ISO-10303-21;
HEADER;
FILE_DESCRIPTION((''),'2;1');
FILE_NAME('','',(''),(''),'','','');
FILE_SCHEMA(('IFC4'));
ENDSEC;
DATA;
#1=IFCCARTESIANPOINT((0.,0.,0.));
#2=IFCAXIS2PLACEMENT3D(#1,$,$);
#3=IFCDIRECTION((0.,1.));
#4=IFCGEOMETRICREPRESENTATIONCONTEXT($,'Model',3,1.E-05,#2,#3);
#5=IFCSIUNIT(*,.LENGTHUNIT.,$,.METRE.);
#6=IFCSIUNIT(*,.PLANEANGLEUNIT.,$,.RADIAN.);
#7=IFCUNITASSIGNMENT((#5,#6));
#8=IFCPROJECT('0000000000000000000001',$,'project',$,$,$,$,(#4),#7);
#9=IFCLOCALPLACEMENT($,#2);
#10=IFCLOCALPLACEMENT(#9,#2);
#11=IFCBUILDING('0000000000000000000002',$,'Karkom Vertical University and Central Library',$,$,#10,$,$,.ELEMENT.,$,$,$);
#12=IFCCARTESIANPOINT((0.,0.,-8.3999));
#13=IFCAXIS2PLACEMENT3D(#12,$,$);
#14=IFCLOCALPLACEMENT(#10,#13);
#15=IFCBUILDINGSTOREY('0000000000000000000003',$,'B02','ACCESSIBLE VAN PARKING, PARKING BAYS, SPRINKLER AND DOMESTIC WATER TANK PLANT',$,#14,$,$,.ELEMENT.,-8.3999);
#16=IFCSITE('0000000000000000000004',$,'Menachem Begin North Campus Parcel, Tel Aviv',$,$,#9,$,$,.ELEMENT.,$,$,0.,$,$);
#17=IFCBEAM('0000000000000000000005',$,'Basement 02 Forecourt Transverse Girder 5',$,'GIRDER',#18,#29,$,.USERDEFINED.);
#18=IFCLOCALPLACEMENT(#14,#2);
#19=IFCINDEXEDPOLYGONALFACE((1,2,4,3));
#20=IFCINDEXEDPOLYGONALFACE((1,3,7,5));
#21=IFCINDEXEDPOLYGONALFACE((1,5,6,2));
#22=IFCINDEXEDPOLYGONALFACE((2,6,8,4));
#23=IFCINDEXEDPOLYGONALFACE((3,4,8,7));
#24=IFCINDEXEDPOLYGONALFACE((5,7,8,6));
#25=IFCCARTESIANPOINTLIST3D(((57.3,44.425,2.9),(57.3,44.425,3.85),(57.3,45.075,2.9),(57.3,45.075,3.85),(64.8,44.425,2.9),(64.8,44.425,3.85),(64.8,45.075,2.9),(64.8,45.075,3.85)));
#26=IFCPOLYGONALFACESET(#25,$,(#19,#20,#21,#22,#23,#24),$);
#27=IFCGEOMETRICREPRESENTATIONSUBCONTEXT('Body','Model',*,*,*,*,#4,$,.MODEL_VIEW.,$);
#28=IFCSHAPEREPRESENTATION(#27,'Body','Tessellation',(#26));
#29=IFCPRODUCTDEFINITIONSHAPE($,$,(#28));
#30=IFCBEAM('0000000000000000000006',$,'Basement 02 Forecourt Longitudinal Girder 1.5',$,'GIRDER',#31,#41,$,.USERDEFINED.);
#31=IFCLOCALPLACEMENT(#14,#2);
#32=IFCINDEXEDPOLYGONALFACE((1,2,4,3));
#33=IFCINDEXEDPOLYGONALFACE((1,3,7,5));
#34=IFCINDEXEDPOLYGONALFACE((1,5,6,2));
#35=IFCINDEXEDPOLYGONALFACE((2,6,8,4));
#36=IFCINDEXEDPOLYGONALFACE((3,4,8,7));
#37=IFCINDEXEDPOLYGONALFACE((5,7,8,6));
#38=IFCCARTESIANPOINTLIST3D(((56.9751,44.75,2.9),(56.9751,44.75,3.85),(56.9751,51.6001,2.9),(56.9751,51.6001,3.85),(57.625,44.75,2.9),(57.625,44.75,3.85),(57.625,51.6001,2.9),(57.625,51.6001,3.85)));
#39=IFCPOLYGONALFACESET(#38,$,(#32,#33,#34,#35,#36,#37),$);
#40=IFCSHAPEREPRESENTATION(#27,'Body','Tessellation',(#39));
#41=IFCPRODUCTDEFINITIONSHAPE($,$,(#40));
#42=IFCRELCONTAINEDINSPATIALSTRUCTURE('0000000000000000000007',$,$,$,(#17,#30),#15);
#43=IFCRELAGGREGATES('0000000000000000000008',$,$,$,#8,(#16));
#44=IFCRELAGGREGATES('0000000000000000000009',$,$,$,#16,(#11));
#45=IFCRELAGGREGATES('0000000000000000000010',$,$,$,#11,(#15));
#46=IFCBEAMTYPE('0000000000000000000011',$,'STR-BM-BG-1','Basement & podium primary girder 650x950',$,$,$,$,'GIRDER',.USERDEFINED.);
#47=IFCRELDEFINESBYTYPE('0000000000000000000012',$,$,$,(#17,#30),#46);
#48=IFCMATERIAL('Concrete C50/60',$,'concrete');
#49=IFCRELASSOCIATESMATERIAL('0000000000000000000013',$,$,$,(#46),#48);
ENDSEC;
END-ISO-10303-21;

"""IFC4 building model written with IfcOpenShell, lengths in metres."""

from ifc_helpers import new_model, si_unit, direction, frame, origin, origin_with_axes, origin_2d, place, context, subcontext, project, spatial, rectangle, extrude, source, transform, mapped, material, material_profile, profile_set, type_object, element, save


model = new_model("IFC4")

# Units and contexts
model_context = context("Model", 3, precision=1e-05, world=origin(), true_north=direction((0.0, 1.0)))
body_context = subcontext(model_context, "Body", "Model", "MODEL_VIEW")
ifc_project = project(units=[si_unit("LENGTHUNIT", "METRE"), si_unit("PLANEANGLEUNIT", "RADIAN")], contexts=[model_context])

# Site, building, storey
site_placement = place(None, origin())
site = spatial("IfcSite", under=ifc_project, at=site_placement, Name="Menachem Begin North Campus Parcel, Tel Aviv", CompositionType="ELEMENT", RefElevation=0.0)
building_placement = place(site_placement, origin())
building = spatial("IfcBuilding", under=site, at=building_placement, Name="Karkom Vertical University and Central Library", CompositionType="ELEMENT")
storey_placement = place(building_placement, frame((0.0, 0.0, -8.3999)))
storey = spatial("IfcBuildingStorey", under=building, at=storey_placement, Name="B02", Description="ACCESSIBLE VAN PARKING, PARKING BAYS, SPRINKLER AND DOMESTIC WATER TANK PLANT", CompositionType="ELEMENT", Elevation=-8.3999)

# Shared definitions
ifc_material_1 = material(Name="Concrete C50/60", Category="concrete")

# Beams
ifc_material_profile_1 = material_profile(ifc_material_1, rectangle(XDim=0.6499, YDim=0.95, at=origin_2d()), Name="RCG-650x950")
ifc_profile_set_1 = profile_set([ifc_material_profile_1], Name="Concrete C50/60")
beam_type_1 = type_object("IfcBeamType", Name="STR-BM-BG-1", Description="Basement & podium primary girder 650x950", ElementType="GIRDER", PredefinedType="USERDEFINED", material=ifc_profile_set_1)
shared_shape_1 = source(origin_with_axes(), body_context, "Body", "SweptSolid", [
    extrude(rectangle(XDim=0.6499, YDim=0.95, at=origin_2d()), origin(), (0.0, 0.0, 1.0), 7.5),
])
for number, where, z_axis, x_axis, name in (
    (1, (57.3, 44.75, 3.375), (1.0, 0.0, 0.0), (0.0, 1.0, 0.0), "Basement 02 Forecourt Transverse Girder 5"),
):
    element("IfcBeam", number, at=place(storey_placement, frame(where, z_axis=z_axis, x_axis=x_axis)), inside=storey, type_object=beam_type_1, Name=name, ObjectType="GIRDER", PredefinedType="USERDEFINED", context=body_context, shape_type="MappedRepresentation", body=[
        mapped(shared_shape_1, transform((0.0, 0.0, 0.0), scale=1.0)),
    ])
shared_shape_2 = source(origin_with_axes(), body_context, "Body", "SweptSolid", [
    extrude(rectangle(XDim=0.6499, YDim=0.95, at=origin_2d()), origin(), (0.0, 0.0, 1.0), 6.8501),
])
beam_1_placement = place(storey_placement, frame((57.3, 44.75, 3.375), z_axis=(0.0, 1.0, 0.0), x_axis=(-1.0, 0.0, 0.0)))
element("IfcBeam", 2, at=beam_1_placement, inside=storey, type_object=beam_type_1, Name="Basement 02 Forecourt Longitudinal Girder 1.5", ObjectType="GIRDER", PredefinedType="USERDEFINED", context=body_context, shape_type="MappedRepresentation", body=[
    mapped(shared_shape_2, transform((0.0, 0.0, 0.0), scale=1.0)),
])

save(model, "model.ifc")
